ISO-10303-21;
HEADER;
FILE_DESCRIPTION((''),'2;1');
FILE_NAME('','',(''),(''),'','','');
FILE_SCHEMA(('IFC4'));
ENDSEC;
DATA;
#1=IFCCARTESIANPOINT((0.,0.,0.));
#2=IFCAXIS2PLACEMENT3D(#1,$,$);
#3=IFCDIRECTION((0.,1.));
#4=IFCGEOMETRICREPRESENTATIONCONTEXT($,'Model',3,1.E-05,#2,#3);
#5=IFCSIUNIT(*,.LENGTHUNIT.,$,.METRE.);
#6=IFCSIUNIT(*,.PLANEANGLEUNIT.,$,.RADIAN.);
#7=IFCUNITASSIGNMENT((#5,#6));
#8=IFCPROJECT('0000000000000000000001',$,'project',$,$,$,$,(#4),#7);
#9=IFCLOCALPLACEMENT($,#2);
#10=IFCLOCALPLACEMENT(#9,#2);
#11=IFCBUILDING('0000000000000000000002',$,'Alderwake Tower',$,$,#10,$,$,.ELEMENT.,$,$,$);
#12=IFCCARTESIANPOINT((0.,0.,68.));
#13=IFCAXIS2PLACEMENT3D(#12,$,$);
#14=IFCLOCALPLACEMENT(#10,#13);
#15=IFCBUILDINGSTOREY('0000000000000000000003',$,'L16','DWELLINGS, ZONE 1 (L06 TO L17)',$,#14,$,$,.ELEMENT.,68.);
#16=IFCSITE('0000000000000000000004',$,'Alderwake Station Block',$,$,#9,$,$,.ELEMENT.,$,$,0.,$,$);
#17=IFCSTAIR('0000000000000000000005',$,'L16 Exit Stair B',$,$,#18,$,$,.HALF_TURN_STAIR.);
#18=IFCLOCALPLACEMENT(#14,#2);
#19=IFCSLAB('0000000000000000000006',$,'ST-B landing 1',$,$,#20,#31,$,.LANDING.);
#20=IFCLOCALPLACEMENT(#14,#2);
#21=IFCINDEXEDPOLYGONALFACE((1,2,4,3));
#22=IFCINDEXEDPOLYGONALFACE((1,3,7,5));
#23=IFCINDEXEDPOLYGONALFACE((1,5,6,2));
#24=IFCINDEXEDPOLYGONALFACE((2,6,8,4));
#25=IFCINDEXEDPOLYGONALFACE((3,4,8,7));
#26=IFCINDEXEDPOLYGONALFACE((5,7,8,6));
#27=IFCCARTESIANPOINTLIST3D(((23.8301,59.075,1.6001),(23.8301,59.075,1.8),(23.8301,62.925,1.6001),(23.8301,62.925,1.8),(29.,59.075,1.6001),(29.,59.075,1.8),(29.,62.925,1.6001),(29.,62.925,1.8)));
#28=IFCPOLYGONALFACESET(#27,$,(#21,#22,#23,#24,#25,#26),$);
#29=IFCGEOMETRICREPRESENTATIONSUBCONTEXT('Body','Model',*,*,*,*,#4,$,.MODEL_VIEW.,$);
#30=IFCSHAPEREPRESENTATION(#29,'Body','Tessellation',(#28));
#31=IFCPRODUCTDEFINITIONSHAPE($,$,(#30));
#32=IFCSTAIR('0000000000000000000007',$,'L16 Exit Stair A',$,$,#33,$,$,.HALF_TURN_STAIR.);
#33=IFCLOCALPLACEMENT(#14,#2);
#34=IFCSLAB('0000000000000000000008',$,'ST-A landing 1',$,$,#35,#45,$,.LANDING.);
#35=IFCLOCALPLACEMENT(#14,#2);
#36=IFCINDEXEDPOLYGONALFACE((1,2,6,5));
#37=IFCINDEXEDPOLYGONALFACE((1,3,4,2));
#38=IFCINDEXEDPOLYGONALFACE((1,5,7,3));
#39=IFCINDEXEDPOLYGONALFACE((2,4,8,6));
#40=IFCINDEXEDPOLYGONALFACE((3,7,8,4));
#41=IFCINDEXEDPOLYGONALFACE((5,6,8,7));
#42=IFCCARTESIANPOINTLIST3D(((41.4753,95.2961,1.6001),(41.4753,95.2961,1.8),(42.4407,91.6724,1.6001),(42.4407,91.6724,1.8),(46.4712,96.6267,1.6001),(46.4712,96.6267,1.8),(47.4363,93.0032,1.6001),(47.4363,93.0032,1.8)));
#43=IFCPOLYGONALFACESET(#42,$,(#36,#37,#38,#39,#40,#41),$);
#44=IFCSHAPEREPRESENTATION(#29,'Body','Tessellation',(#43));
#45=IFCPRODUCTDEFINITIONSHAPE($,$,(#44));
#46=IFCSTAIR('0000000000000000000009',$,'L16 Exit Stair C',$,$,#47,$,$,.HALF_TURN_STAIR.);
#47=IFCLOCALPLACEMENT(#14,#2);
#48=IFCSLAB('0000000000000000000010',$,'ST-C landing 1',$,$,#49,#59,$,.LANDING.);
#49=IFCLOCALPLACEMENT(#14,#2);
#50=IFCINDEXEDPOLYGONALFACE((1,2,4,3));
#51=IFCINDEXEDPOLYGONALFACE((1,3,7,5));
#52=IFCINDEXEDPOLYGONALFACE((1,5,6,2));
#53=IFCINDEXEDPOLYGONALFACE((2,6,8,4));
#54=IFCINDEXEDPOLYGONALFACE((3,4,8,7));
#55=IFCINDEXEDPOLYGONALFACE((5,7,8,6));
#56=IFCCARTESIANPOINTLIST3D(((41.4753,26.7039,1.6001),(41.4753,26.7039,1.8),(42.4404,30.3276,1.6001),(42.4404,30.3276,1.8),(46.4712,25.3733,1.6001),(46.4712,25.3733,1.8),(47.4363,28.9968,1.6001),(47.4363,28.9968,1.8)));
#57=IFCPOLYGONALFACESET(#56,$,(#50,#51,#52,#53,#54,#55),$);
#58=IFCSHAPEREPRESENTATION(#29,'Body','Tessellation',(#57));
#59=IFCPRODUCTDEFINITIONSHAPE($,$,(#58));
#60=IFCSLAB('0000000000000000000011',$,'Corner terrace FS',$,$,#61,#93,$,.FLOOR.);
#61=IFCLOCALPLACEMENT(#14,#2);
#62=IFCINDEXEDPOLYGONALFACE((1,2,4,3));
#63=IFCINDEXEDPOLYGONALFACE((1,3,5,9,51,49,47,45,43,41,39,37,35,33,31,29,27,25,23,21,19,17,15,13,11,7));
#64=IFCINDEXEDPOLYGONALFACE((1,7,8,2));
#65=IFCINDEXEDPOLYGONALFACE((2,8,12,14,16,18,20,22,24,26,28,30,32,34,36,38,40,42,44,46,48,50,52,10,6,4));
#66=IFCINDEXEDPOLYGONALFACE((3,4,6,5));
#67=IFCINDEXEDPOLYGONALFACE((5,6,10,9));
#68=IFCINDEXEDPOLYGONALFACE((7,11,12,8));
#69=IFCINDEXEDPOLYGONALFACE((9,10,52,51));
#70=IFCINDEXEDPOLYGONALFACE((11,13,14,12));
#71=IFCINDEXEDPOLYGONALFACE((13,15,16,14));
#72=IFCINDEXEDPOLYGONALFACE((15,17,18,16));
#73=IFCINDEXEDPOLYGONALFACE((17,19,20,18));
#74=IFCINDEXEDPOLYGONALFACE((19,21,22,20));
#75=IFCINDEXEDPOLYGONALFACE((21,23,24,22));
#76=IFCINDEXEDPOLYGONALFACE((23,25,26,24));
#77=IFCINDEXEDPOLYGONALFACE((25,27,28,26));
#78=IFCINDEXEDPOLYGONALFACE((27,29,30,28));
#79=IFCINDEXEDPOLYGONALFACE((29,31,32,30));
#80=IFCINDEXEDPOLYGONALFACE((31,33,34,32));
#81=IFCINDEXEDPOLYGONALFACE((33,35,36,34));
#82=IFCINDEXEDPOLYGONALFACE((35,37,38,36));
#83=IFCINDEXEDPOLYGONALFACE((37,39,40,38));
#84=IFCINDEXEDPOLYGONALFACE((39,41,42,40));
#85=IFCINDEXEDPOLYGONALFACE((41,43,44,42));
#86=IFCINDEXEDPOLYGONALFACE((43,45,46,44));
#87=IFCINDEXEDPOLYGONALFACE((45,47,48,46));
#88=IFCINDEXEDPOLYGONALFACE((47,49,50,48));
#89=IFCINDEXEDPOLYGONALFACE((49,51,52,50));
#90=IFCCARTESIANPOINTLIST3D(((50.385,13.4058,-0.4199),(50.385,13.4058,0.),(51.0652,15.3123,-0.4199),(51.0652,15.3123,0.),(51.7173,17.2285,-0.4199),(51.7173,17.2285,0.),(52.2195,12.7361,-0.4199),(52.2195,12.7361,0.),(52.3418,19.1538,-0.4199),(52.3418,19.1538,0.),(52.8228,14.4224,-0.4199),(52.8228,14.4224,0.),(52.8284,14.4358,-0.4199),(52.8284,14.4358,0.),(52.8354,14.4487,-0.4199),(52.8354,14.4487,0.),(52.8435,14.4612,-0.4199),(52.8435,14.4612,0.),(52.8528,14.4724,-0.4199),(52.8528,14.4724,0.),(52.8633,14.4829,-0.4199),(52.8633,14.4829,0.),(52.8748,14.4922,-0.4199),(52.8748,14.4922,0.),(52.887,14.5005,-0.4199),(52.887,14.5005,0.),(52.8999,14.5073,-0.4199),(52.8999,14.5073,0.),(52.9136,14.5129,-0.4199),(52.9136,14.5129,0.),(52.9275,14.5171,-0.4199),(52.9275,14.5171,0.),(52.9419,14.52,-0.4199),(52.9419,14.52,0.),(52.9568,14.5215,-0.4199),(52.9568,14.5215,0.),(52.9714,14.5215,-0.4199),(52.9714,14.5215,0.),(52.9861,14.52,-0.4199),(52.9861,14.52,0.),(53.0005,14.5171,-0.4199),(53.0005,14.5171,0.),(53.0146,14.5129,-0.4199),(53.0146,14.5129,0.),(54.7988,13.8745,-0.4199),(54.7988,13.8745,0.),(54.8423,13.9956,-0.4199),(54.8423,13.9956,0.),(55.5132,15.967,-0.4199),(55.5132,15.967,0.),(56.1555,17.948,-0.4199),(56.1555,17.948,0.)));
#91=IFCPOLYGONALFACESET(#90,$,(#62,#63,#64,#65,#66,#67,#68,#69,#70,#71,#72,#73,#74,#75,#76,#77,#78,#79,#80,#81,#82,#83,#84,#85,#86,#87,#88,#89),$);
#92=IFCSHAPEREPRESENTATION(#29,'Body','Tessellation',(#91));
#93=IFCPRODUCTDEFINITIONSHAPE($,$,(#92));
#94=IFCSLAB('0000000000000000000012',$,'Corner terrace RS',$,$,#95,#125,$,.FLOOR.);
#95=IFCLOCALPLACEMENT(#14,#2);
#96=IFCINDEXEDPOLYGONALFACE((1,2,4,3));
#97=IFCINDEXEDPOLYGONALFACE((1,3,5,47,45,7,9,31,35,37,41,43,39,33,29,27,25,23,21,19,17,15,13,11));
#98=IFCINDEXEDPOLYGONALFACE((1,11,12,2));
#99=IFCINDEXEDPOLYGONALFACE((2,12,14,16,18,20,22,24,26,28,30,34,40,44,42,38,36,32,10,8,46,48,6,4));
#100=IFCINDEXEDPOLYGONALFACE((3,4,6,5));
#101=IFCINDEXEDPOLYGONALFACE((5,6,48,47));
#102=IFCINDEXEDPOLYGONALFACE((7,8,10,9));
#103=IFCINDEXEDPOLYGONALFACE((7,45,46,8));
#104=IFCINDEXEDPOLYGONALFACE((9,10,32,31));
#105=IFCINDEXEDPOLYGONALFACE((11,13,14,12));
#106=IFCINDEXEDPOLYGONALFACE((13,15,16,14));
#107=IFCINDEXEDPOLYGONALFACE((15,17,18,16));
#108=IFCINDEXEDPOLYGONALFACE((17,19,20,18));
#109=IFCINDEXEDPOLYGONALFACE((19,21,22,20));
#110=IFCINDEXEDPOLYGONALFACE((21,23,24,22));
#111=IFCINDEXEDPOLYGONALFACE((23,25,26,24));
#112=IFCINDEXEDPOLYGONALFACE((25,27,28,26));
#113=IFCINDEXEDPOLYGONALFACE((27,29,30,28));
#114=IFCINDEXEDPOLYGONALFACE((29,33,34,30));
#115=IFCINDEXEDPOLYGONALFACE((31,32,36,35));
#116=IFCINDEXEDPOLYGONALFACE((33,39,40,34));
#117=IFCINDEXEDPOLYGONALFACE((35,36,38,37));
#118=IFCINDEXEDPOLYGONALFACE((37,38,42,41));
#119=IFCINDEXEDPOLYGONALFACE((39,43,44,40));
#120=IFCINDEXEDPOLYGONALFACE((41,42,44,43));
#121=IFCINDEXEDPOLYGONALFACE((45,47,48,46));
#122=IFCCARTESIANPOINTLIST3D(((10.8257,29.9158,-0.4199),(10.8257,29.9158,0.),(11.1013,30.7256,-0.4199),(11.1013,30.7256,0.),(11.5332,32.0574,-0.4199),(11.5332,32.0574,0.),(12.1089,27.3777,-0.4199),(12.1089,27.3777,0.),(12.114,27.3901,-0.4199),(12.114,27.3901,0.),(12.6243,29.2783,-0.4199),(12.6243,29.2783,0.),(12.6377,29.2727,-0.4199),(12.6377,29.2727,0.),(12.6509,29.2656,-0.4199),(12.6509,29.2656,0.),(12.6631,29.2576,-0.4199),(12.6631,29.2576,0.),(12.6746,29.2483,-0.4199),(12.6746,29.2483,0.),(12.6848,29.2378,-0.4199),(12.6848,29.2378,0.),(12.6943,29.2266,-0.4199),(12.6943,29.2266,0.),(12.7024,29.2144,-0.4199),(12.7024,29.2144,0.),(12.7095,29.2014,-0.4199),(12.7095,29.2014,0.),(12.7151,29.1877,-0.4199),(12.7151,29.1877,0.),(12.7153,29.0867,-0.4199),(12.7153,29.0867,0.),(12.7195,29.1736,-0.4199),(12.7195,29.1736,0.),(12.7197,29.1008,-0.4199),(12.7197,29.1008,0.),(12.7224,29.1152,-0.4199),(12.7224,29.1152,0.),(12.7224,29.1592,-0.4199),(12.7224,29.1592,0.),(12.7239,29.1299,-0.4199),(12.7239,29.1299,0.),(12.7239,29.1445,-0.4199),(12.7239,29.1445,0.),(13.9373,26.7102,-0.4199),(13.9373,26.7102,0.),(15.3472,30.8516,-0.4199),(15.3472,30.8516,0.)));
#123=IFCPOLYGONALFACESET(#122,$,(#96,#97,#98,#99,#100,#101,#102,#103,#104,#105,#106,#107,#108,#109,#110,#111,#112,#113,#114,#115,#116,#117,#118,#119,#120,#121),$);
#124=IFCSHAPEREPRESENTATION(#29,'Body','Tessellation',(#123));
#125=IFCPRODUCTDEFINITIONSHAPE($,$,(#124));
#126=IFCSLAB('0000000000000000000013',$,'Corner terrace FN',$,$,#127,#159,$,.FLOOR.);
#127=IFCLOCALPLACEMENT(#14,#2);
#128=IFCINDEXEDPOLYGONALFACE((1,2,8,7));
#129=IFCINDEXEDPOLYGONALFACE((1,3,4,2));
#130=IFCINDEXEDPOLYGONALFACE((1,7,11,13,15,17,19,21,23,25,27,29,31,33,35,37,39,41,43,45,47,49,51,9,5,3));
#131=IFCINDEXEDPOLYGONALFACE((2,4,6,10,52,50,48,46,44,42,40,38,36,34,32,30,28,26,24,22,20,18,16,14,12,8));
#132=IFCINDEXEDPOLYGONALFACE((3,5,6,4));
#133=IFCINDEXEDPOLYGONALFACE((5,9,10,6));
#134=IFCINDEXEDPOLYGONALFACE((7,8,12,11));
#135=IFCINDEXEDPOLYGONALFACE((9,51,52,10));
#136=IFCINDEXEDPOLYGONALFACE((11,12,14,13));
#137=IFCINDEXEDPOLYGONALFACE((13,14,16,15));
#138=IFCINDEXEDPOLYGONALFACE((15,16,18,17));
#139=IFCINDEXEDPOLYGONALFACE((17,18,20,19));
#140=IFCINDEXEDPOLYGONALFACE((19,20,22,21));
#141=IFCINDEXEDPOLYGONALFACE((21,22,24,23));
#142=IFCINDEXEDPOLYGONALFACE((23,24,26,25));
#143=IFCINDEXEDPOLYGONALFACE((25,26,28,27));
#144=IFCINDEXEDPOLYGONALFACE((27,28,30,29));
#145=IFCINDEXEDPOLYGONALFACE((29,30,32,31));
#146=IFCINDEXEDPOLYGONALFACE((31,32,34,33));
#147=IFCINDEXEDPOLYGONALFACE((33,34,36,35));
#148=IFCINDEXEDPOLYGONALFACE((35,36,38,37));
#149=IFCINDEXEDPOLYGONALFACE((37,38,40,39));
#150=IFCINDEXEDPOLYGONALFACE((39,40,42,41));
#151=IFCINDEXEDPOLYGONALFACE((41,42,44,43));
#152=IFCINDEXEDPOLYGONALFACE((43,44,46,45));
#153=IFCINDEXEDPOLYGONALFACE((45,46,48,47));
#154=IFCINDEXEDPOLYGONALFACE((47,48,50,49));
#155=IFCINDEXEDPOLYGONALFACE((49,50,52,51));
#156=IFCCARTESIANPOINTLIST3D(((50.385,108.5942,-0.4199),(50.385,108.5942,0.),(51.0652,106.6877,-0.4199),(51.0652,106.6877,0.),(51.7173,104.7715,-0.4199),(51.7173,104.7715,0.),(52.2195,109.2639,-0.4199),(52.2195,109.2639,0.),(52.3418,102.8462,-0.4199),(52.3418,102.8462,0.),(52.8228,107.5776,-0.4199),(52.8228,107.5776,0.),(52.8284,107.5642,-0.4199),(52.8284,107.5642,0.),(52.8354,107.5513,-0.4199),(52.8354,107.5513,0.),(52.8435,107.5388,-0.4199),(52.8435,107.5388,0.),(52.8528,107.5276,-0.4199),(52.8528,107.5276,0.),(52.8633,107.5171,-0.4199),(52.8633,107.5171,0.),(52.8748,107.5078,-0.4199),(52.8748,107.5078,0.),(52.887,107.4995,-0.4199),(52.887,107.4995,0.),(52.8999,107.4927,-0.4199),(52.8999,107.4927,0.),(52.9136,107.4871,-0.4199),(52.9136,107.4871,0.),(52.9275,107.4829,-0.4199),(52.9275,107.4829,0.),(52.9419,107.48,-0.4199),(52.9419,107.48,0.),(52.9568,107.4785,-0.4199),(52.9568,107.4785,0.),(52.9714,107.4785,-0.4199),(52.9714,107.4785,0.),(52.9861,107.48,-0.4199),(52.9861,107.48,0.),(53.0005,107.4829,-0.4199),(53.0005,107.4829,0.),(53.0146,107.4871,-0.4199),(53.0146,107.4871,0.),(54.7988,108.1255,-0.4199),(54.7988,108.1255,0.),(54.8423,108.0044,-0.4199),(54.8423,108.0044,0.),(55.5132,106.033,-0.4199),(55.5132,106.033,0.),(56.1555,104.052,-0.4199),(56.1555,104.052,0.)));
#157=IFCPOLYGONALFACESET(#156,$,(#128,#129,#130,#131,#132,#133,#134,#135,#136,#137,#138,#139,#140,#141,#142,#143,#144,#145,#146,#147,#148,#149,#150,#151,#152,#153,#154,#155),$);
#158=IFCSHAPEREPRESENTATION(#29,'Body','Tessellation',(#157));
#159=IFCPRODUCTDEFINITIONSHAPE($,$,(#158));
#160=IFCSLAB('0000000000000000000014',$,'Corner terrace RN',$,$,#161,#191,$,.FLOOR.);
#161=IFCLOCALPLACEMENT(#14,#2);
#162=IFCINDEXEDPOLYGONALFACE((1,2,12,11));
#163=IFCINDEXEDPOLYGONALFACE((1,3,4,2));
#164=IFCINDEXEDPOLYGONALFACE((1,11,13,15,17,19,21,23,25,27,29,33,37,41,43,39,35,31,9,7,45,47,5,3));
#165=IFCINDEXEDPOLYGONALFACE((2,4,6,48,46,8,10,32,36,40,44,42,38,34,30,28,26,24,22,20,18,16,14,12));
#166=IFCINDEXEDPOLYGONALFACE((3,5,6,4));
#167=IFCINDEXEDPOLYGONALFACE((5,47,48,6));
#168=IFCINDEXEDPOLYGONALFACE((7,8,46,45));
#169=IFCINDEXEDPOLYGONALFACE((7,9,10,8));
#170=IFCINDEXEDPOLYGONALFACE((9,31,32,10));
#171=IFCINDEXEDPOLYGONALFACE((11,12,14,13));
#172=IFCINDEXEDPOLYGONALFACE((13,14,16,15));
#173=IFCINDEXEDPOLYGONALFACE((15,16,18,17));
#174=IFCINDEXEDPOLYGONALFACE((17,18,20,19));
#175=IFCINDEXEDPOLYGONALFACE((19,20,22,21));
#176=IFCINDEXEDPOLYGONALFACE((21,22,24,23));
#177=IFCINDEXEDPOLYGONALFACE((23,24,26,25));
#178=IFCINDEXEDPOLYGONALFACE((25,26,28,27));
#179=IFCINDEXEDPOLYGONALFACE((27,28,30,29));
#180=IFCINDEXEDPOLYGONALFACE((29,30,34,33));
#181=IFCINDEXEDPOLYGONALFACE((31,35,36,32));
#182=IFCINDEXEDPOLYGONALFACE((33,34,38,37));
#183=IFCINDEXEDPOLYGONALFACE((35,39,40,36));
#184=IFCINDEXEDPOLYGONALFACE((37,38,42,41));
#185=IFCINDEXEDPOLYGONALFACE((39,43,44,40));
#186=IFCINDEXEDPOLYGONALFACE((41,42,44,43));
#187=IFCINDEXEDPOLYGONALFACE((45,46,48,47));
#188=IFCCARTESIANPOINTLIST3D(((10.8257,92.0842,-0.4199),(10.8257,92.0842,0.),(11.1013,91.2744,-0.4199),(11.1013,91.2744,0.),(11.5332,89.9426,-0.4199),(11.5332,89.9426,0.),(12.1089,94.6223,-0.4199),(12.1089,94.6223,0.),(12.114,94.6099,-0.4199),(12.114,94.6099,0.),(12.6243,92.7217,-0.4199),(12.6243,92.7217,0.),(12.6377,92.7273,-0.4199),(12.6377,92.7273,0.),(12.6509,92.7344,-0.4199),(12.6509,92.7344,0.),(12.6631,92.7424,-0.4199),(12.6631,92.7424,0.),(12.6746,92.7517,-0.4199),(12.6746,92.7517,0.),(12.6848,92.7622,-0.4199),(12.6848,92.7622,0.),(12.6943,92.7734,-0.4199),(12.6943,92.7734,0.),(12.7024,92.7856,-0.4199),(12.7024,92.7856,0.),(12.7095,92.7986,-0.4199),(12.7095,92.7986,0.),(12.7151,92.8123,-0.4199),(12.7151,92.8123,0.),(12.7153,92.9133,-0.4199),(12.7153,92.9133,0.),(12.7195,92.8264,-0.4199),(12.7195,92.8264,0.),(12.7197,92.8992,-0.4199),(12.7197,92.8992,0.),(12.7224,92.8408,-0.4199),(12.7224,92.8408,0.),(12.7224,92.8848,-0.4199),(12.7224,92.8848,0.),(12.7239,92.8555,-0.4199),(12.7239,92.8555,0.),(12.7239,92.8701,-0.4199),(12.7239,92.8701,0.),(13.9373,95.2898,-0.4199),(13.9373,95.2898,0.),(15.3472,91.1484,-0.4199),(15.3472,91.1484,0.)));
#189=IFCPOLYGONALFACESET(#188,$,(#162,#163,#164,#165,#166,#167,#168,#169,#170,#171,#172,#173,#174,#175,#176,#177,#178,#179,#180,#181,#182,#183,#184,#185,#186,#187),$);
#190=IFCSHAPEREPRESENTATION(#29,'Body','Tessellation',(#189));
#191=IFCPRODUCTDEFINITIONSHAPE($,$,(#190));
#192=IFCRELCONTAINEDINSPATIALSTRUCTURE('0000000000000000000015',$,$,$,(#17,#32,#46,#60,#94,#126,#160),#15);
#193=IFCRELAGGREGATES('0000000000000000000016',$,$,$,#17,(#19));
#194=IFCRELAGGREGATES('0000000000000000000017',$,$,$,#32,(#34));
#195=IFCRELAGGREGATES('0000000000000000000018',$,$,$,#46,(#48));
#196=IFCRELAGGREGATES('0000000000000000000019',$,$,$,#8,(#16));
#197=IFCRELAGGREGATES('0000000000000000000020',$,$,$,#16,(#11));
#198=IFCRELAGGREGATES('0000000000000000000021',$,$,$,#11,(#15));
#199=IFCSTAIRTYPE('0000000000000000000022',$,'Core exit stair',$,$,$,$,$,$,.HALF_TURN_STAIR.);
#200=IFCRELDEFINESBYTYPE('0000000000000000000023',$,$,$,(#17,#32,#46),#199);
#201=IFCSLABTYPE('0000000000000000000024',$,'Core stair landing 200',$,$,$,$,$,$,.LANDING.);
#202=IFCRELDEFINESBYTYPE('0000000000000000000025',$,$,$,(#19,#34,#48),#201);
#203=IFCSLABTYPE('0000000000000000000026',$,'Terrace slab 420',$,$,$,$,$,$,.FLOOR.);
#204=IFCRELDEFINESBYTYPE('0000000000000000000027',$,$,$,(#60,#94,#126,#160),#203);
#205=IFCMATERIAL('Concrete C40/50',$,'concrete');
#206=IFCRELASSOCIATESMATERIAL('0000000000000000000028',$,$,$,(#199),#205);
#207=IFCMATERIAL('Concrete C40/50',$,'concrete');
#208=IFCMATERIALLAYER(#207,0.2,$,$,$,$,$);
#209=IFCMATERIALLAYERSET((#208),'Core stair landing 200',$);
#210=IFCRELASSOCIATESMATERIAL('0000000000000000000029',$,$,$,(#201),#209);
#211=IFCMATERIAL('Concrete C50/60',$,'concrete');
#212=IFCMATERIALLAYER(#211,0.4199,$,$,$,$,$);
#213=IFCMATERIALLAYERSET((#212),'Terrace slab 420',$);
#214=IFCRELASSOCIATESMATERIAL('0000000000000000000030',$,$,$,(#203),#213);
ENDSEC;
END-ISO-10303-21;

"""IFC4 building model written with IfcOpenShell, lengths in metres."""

from ifc_helpers import new_model, si_unit, direction, frame, origin, place, context, subcontext, project, spatial, polyline, outline, extrude, material, layer, layer_set, type_object, element, aggregate, save


model = new_model("IFC4")

# Units and contexts
model_context = context("Model", 3, precision=1e-05, world=origin(), true_north=direction((0.0, 1.0)))
body_context = subcontext(model_context, "Body", "Model", "MODEL_VIEW")
ifc_project = project(units=[si_unit("LENGTHUNIT", "METRE"), si_unit("PLANEANGLEUNIT", "RADIAN")], contexts=[model_context])

# Site, building, storey
site_placement = place(None, origin())
site = spatial("IfcSite", under=ifc_project, at=site_placement, Name="Alderwake Station Block", CompositionType="ELEMENT", RefElevation=0.0)
building_placement = place(site_placement, origin())
building = spatial("IfcBuilding", under=site, at=building_placement, Name="Alderwake Tower", CompositionType="ELEMENT")
storey_placement = place(building_placement, frame((0.0, 0.0, 68.0)))
storey = spatial("IfcBuildingStorey", under=building, at=storey_placement, Name="L16", Description="DWELLINGS, ZONE 1 (L06 TO L17)", CompositionType="ELEMENT", Elevation=68.0)

# Stairs, slabs
ifc_material_1 = material(Name="Concrete C40/50", Category="concrete")
stair_type = type_object("IfcStairType", Name="Core exit stair", PredefinedType="HALF_TURN_STAIR", material=ifc_material_1)
stair_1_placement = place(storey_placement, origin())
stair_1 = element("IfcStair", 1, at=stair_1_placement, inside=storey, type_object=stair_type, Name="L16 Exit Stair B", PredefinedType="HALF_TURN_STAIR")
ifc_material_2 = material(Name="Concrete C40/50", Category="concrete")
ifc_layer_1 = layer(ifc_material_2, 0.2)
ifc_layer_set_1 = layer_set([ifc_layer_1], Name="Core stair landing 200")
slab_type_1 = type_object("IfcSlabType", Name="Core stair landing 200", PredefinedType="LANDING", material=ifc_layer_set_1)
slab_1_placement = place(storey_placement, frame((0.0, 0.0, 1.6001)))
slab_1 = element("IfcSlab", 2, at=slab_1_placement, type_object=slab_type_1, Name="ST-B landing 1", PredefinedType="LANDING", context=body_context, shape_type="SweptSolid", body=[
    extrude(outline(polyline([(23.8301, 59.075), (29.0, 59.075), (29.0, 62.925), (23.8301, 62.925), (23.8301, 59.075)])), origin(), (0.0, 0.0, 1.0), 0.2),
])
aggregate(stair_1, [slab_1])
stair_2_placement = place(storey_placement, origin())
stair_2 = element("IfcStair", 3, at=stair_2_placement, inside=storey, type_object=stair_type, Name="L16 Exit Stair A", PredefinedType="HALF_TURN_STAIR")
slab_2_placement = place(storey_placement, frame((0.0, 0.0, 1.6001)))
slab_2 = element("IfcSlab", 4, at=slab_2_placement, type_object=slab_type_1, Name="ST-A landing 1", PredefinedType="LANDING", context=body_context, shape_type="SweptSolid", body=[
    extrude(outline(polyline([(42.4407, 91.6724), (47.4363, 93.0032), (46.4712, 96.6267), (41.4753, 95.2961), (42.4407, 91.6724)])), origin(), (0.0, 0.0, 1.0), 0.2),
])
aggregate(stair_2, [slab_2])
stair_3_placement = place(storey_placement, origin())
stair_3 = element("IfcStair", 5, at=stair_3_placement, inside=storey, type_object=stair_type, Name="L16 Exit Stair C", PredefinedType="HALF_TURN_STAIR")
slab_3_placement = place(storey_placement, frame((0.0, 0.0, 1.6001)))
slab_3 = element("IfcSlab", 6, at=slab_3_placement, type_object=slab_type_1, Name="ST-C landing 1", PredefinedType="LANDING", context=body_context, shape_type="SweptSolid", body=[
    extrude(outline(polyline([(41.4753, 26.7039), (46.4712, 25.3733), (47.4363, 28.9968), (42.4404, 30.3276), (41.4753, 26.7039)])), origin(), (0.0, 0.0, 1.0), 0.2),
])
aggregate(stair_3, [slab_3])

# Slabs
ifc_material_3 = material(Name="Concrete C50/60", Category="concrete")
ifc_layer_2 = layer(ifc_material_3, 0.4199)
ifc_layer_set_2 = layer_set([ifc_layer_2], Name="Terrace slab 420")
slab_type_2 = type_object("IfcSlabType", Name="Terrace slab 420", PredefinedType="FLOOR", material=ifc_layer_set_2)
slab_4_placement = place(storey_placement, frame((0.0, 0.0, -0.4199)))
element("IfcSlab", 7, at=slab_4_placement, inside=storey, type_object=slab_type_2, Name="Corner terrace FS", PredefinedType="FLOOR", context=body_context, shape_type="SweptSolid", body=[
    extrude(outline(polyline([(54.8423, 13.9956), (54.7988, 13.8745), (53.0146, 14.5129), (53.0005, 14.5171), (52.9861, 14.52), (52.9714, 14.5215), (52.9568, 14.5215), (52.9419, 14.52), (52.9275, 14.5171), (52.9136, 14.5129), (52.8999, 14.5073), (52.887, 14.5005), (52.8748, 14.4922), (52.8633, 14.4829), (52.8528, 14.4724), (52.8435, 14.4612), (52.8354, 14.4487), (52.8284, 14.4358), (52.8228, 14.4224), (52.2195, 12.7361), (50.385, 13.4058), (51.0652, 15.3123), (51.7173, 17.2285), (52.3418, 19.1538), (56.1555, 17.948), (55.5132, 15.967), (54.8423, 13.9956)])), origin(), (0.0, 0.0, 1.0), 0.4199),
])
slab_5_placement = place(storey_placement, frame((0.0, 0.0, -0.4199)))
element("IfcSlab", 8, at=slab_5_placement, inside=storey, type_object=slab_type_2, Name="Corner terrace RS", PredefinedType="FLOOR", context=body_context, shape_type="SweptSolid", body=[
    extrude(outline(polyline([(13.9373, 26.7102), (12.1089, 27.3777), (12.114, 27.3901), (12.7153, 29.0867), (12.7197, 29.1008), (12.7224, 29.1152), (12.7239, 29.1299), (12.7239, 29.1445), (12.7224, 29.1592), (12.7195, 29.1736), (12.7151, 29.1877), (12.7095, 29.2014), (12.7024, 29.2144), (12.6943, 29.2266), (12.6848, 29.2378), (12.6746, 29.2483), (12.6631, 29.2576), (12.6509, 29.2656), (12.6377, 29.2727), (12.6243, 29.2783), (10.8257, 29.9158), (11.1013, 30.7256), (11.5332, 32.0574), (15.3472, 30.8516), (13.9373, 26.7102)])), origin(), (0.0, 0.0, 1.0), 0.4199),
])
slab_6_placement = place(storey_placement, frame((0.0, 0.0, -0.4199)))
element("IfcSlab", 9, at=slab_6_placement, inside=storey, type_object=slab_type_2, Name="Corner terrace FN", PredefinedType="FLOOR", context=body_context, shape_type="SweptSolid", body=[
    extrude(outline(polyline([(54.8423, 108.0044), (55.5132, 106.033), (56.1555, 104.052), (52.3418, 102.8462), (51.7173, 104.7715), (51.0652, 106.6877), (50.385, 108.5942), (52.2195, 109.2639), (52.8228, 107.5776), (52.8284, 107.5642), (52.8354, 107.5513), (52.8435, 107.5388), (52.8528, 107.5276), (52.8633, 107.5171), (52.8748, 107.5078), (52.887, 107.4995), (52.8999, 107.4927), (52.9136, 107.4871), (52.9275, 107.4829), (52.9419, 107.48), (52.9568, 107.4785), (52.9714, 107.4785), (52.9861, 107.48), (53.0005, 107.4829), (53.0146, 107.4871), (54.7988, 108.1255), (54.8423, 108.0044)])), origin(), (0.0, 0.0, 1.0), 0.4199),
])
slab_7_placement = place(storey_placement, frame((0.0, 0.0, -0.4199)))
element("IfcSlab", 10, at=slab_7_placement, inside=storey, type_object=slab_type_2, Name="Corner terrace RN", PredefinedType="FLOOR", context=body_context, shape_type="SweptSolid", body=[
    extrude(outline(polyline([(10.8257, 92.0842), (12.6243, 92.7217), (12.6377, 92.7273), (12.6509, 92.7344), (12.6631, 92.7424), (12.6746, 92.7517), (12.6848, 92.7622), (12.6943, 92.7734), (12.7024, 92.7856), (12.7095, 92.7986), (12.7151, 92.8123), (12.7195, 92.8264), (12.7224, 92.8408), (12.7239, 92.8555), (12.7239, 92.8701), (12.7224, 92.8848), (12.7197, 92.8992), (12.7153, 92.9133), (12.114, 94.6099), (12.1089, 94.6223), (13.9373, 95.2898), (15.3472, 91.1484), (11.5332, 89.9426), (11.1013, 91.2744), (10.8257, 92.0842)])), origin(), (0.0, 0.0, 1.0), 0.4199),
])

save(model, "model.ifc")
